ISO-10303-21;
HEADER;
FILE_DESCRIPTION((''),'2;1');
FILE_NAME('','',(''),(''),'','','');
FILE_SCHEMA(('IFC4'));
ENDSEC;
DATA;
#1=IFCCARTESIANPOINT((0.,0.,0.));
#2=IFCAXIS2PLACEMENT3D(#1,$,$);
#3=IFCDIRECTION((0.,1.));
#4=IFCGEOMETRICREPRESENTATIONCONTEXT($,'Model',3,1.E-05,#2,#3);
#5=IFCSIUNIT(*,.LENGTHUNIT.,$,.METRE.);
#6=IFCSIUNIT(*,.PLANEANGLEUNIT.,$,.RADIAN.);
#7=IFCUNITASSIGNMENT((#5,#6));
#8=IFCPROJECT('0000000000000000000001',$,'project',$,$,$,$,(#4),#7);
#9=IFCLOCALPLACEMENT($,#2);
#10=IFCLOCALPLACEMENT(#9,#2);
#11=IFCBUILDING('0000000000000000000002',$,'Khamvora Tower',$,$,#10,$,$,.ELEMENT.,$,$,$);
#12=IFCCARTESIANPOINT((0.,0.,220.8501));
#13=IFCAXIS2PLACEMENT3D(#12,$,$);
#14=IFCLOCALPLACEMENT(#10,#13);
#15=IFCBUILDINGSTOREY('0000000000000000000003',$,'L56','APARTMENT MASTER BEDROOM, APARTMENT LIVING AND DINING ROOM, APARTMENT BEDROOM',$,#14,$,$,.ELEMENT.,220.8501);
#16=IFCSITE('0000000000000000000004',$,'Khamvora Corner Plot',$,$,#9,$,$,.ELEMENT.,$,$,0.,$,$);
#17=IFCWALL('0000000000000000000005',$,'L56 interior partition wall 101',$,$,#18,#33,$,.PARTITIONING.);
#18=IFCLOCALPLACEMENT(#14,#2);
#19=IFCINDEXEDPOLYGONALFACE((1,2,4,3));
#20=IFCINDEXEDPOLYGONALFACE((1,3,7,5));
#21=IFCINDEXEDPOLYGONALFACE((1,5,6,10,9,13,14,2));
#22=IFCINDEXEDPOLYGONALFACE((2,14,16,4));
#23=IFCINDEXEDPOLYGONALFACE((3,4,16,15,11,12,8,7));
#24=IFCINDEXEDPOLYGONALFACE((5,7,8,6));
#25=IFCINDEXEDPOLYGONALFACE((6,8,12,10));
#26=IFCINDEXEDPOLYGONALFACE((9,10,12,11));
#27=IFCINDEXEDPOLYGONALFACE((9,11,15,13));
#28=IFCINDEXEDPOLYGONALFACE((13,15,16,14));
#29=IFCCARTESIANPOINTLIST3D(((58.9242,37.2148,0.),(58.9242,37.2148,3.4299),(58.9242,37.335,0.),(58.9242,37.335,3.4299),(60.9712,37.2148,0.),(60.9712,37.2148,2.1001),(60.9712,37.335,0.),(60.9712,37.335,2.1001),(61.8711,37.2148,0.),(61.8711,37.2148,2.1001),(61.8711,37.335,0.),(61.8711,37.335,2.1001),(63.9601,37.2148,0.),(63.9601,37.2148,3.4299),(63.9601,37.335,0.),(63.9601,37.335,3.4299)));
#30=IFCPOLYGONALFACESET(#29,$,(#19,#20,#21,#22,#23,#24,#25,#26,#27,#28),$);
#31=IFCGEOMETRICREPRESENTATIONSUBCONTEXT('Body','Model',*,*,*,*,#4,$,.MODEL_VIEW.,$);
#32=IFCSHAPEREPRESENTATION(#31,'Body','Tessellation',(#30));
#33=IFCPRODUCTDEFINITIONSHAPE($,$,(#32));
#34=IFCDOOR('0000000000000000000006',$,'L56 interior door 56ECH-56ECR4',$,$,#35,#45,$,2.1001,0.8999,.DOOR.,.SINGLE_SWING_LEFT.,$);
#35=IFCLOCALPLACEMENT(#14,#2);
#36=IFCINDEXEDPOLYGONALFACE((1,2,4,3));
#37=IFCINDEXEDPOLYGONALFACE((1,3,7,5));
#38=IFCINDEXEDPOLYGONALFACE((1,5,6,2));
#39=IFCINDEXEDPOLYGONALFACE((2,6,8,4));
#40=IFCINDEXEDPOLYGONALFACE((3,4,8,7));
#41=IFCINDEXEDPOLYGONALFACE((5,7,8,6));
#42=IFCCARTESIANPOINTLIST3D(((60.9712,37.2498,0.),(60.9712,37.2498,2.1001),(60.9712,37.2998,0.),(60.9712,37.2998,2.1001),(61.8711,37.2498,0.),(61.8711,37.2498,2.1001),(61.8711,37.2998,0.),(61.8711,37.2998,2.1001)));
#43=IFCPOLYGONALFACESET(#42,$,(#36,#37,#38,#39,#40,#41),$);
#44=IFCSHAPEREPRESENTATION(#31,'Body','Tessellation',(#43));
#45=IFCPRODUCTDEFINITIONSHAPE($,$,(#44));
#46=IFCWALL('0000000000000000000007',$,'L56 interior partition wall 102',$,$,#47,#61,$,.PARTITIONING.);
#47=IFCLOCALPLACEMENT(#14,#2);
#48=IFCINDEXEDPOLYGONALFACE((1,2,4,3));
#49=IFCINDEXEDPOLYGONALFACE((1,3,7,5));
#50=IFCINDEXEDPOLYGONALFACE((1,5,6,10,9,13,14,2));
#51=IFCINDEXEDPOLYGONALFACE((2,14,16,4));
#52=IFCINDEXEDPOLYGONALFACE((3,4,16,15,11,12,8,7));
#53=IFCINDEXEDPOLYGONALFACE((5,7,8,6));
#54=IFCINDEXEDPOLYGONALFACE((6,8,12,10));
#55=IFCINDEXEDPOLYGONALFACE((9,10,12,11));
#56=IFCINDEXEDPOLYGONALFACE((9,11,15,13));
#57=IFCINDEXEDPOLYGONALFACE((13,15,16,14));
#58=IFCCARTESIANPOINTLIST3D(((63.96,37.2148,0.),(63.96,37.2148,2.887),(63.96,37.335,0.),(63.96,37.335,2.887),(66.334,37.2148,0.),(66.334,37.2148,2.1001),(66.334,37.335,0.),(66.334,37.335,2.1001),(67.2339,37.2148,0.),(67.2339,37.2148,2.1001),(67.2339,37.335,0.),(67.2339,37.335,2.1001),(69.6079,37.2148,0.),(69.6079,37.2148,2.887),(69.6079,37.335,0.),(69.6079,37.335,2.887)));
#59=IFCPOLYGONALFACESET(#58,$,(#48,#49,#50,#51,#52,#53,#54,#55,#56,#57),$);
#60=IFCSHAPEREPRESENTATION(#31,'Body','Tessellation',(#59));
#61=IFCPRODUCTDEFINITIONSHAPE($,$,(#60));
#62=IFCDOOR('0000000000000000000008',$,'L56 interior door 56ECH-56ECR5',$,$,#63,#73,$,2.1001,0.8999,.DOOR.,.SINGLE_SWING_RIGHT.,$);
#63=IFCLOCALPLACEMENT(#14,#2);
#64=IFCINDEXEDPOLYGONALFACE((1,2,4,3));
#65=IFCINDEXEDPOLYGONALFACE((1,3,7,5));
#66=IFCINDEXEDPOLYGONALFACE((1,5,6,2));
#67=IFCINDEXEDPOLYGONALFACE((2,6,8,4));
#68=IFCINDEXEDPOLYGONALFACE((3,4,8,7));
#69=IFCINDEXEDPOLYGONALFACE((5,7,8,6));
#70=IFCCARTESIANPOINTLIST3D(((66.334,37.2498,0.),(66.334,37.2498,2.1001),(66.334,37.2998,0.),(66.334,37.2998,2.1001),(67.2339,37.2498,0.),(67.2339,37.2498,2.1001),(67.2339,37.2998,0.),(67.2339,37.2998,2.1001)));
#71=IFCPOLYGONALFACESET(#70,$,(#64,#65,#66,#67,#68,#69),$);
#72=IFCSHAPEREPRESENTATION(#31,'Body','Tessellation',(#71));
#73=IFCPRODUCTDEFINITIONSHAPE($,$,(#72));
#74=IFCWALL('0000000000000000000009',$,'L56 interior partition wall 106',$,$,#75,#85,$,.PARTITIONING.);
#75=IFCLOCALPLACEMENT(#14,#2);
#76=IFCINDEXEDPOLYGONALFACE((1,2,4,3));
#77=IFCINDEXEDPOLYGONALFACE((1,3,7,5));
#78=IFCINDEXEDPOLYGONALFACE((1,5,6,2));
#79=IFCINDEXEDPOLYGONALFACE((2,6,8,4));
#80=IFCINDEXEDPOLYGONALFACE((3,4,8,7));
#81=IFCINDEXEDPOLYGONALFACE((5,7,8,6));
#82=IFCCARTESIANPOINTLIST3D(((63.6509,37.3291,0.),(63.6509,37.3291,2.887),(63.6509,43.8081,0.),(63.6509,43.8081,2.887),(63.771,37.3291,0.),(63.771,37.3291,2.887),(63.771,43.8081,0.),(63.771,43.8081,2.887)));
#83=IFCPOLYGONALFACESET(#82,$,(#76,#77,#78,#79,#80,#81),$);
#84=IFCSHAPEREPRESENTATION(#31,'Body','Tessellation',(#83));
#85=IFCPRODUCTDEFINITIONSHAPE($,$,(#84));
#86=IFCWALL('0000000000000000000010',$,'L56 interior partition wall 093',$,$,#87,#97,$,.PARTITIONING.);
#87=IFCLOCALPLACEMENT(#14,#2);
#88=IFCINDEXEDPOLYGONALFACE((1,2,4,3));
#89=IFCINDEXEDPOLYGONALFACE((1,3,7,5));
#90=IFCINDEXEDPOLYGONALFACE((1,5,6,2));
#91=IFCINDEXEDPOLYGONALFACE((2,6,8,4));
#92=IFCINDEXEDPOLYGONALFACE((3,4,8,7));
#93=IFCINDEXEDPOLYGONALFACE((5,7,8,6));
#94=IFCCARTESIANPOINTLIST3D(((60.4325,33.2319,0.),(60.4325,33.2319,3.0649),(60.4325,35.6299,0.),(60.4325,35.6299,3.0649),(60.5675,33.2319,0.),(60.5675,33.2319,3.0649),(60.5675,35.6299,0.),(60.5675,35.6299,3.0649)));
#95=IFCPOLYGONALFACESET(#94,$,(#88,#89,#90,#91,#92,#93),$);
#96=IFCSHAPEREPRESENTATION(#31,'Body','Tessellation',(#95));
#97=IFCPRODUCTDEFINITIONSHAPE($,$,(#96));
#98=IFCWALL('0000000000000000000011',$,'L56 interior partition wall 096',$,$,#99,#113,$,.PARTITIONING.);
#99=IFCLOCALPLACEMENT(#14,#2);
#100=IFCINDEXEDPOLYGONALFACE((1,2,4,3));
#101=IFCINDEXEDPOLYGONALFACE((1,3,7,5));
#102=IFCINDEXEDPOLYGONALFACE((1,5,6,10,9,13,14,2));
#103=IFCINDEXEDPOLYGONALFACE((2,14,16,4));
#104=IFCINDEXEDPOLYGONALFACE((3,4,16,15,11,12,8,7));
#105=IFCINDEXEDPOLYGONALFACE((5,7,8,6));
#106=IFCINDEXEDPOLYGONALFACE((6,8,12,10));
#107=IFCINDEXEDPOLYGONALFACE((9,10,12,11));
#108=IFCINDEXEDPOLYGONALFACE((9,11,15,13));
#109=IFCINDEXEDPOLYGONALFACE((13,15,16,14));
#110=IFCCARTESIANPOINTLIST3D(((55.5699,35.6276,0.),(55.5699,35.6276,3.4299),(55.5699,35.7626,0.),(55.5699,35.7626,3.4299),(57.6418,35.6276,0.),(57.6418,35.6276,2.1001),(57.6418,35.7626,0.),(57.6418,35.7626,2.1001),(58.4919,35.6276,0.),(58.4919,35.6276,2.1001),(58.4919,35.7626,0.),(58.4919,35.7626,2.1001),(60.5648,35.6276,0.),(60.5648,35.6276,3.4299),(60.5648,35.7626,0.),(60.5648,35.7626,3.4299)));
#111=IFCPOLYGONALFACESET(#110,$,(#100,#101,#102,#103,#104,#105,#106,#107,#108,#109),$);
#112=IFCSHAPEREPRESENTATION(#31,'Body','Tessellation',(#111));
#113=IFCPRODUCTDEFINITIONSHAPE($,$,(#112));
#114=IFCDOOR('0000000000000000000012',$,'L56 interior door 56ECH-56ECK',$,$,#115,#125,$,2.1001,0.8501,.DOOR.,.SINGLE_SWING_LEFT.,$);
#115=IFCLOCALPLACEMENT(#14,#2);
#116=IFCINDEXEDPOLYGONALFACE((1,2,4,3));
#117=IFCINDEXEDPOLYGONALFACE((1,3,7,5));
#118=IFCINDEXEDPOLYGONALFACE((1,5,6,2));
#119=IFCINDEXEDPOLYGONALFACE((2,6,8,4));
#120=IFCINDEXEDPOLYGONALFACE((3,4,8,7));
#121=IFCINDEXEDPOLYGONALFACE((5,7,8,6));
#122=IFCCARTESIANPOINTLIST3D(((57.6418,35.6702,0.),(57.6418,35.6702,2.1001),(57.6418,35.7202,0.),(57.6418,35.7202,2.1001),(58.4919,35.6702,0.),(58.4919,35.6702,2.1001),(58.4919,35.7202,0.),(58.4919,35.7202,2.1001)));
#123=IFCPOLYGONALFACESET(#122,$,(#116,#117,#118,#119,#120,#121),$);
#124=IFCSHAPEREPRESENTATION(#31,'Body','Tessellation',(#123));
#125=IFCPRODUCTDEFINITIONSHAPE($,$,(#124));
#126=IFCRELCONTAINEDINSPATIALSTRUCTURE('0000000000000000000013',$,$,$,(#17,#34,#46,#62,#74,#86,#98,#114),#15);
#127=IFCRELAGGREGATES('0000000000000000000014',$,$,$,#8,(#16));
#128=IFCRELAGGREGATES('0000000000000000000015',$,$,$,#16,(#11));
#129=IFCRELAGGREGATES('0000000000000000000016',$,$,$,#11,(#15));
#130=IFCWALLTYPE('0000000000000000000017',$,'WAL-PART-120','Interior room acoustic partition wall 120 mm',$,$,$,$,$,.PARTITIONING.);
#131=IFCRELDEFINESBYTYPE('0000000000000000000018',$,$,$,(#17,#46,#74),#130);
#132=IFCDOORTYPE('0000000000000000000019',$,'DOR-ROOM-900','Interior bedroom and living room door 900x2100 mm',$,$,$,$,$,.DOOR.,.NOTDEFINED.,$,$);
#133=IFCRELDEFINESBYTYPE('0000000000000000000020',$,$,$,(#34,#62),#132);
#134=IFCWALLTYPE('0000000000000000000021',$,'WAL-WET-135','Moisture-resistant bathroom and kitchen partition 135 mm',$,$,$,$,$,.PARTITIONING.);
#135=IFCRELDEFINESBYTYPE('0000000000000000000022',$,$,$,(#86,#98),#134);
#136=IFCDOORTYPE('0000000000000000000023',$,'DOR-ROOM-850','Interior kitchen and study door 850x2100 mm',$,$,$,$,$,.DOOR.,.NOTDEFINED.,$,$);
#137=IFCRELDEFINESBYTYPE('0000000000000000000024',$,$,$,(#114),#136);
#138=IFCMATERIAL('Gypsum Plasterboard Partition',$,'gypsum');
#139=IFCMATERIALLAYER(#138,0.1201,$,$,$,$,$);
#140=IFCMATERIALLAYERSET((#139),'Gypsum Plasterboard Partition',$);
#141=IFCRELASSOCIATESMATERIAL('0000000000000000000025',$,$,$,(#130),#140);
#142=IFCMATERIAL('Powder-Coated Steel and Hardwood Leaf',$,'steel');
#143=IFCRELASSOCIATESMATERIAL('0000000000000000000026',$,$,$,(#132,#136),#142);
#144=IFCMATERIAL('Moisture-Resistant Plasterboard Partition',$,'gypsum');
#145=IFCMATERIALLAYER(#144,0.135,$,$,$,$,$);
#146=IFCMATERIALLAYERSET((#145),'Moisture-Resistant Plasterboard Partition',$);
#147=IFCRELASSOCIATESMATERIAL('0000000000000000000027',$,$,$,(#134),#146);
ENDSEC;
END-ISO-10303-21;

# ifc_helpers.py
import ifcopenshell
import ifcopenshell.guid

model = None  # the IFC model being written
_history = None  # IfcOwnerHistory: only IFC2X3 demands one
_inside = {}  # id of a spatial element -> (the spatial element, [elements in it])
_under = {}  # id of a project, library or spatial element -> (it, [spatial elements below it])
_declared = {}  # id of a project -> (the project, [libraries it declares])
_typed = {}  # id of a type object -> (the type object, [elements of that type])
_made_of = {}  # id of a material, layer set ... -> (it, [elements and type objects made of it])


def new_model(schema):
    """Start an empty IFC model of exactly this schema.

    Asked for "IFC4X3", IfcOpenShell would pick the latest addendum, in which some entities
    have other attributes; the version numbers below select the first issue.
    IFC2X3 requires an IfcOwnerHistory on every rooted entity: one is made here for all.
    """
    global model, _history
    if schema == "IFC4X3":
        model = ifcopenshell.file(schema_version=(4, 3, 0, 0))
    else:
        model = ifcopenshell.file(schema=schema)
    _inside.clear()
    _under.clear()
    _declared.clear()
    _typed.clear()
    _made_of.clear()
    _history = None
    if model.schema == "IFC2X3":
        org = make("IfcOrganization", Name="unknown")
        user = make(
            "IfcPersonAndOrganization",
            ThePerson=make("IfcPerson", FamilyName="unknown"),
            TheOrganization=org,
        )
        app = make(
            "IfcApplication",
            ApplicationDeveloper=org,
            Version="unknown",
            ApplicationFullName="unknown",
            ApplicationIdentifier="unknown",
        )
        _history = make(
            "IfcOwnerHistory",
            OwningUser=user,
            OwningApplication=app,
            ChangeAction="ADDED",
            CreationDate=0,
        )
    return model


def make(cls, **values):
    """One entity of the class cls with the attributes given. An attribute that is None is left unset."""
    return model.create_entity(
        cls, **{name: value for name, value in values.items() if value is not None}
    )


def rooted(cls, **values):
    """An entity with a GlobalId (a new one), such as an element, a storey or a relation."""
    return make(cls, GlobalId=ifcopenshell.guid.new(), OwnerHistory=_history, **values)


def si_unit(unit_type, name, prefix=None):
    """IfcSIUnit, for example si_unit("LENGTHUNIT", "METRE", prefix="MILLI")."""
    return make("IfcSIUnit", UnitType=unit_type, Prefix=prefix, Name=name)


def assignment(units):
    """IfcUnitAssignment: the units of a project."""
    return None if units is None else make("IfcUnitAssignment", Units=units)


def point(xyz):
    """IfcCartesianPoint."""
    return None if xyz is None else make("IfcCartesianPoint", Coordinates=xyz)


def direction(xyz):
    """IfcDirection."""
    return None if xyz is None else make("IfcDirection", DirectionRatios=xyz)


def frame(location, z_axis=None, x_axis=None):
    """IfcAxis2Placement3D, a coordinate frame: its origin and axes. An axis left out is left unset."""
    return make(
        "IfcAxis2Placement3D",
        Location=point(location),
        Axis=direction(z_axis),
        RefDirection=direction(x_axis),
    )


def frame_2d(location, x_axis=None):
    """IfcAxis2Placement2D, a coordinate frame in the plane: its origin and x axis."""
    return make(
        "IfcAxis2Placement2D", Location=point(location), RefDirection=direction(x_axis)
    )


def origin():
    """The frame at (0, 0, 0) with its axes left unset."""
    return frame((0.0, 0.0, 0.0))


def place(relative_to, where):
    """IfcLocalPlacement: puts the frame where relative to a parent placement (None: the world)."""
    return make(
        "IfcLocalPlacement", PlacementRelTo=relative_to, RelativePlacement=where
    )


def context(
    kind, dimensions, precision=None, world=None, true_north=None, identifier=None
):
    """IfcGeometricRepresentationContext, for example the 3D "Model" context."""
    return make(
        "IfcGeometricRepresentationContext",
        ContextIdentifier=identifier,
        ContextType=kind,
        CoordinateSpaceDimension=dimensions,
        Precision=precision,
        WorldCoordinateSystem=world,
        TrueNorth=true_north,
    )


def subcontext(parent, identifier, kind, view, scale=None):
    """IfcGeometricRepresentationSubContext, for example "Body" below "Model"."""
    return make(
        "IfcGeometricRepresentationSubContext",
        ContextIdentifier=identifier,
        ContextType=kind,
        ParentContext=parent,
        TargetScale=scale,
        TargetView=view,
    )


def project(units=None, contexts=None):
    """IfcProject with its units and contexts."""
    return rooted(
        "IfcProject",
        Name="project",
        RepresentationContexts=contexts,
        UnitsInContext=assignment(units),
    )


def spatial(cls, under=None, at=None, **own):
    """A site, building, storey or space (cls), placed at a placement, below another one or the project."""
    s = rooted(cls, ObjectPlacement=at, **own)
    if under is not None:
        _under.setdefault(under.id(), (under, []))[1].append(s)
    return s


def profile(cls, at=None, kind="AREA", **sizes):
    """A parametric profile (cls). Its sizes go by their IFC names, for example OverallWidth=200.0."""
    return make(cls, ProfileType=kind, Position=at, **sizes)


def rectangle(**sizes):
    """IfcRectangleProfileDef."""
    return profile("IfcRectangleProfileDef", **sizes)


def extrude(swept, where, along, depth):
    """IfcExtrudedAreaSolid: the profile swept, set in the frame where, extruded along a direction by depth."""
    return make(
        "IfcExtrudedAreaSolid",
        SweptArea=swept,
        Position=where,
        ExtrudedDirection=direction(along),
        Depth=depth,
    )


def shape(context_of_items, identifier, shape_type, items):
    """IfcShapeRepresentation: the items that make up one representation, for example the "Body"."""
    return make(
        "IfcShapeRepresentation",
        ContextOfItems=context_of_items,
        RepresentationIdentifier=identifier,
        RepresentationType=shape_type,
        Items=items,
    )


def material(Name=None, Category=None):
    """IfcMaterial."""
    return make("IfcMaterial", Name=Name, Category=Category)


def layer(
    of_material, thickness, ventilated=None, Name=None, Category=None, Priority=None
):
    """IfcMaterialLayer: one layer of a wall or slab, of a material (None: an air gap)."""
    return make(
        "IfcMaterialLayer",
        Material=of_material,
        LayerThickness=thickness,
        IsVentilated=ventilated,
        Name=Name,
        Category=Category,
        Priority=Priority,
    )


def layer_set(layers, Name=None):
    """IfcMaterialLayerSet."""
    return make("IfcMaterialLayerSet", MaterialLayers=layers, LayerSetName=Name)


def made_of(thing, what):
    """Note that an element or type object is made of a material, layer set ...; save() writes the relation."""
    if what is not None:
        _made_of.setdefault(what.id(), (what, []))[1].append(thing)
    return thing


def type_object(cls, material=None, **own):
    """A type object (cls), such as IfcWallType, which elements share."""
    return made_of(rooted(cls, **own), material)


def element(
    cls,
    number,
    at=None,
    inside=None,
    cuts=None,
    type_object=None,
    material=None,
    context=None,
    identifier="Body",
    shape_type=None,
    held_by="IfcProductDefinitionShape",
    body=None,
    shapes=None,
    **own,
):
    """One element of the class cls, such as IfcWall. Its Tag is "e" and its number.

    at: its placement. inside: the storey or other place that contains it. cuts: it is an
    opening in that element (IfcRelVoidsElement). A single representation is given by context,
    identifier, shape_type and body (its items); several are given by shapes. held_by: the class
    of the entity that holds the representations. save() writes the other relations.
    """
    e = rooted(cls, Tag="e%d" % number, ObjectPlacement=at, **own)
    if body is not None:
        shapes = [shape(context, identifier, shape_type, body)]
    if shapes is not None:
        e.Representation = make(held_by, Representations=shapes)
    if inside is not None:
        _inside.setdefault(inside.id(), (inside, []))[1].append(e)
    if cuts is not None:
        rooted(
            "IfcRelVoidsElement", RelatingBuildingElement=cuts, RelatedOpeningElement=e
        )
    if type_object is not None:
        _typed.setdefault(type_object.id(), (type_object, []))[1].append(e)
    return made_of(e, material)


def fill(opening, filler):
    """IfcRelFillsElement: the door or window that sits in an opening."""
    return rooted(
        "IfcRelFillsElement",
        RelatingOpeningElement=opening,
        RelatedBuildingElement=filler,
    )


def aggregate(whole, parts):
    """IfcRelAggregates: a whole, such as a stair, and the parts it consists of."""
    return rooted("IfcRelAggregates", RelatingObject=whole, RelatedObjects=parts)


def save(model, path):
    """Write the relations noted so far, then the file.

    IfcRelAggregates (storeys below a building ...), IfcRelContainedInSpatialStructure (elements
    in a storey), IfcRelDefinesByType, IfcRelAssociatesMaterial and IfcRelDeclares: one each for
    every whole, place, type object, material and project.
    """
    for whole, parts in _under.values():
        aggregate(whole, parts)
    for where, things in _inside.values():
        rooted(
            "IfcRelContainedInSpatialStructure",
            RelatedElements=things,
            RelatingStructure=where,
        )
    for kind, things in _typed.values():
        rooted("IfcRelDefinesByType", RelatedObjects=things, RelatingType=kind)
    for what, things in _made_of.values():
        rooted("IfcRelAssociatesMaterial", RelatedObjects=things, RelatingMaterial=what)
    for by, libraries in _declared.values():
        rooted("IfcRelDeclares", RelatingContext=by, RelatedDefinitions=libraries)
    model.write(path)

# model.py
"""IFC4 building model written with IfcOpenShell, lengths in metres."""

from ifc_helpers import new_model, si_unit, direction, frame, frame_2d, origin, place, context, subcontext, project, spatial, rectangle, extrude, material, layer, layer_set, type_object, element, fill, save


model = new_model("IFC4")

# Units and contexts
model_context = context("Model", 3, precision=1e-05, world=origin(), true_north=direction((0.0, 1.0)))
body_context = subcontext(model_context, "Body", "Model", "MODEL_VIEW")
ifc_project = project(units=[si_unit("LENGTHUNIT", "METRE"), si_unit("PLANEANGLEUNIT", "RADIAN")], contexts=[model_context])

# Site, building, storey
site_placement = place(None, origin())
site = spatial("IfcSite", under=ifc_project, at=site_placement, Name="Khamvora Corner Plot", CompositionType="ELEMENT", RefElevation=0.0)
building_placement = place(site_placement, origin())
building = spatial("IfcBuilding", under=site, at=building_placement, Name="Khamvora Tower", CompositionType="ELEMENT")
storey_placement = place(building_placement, frame((0.0, 0.0, 220.8501)))
storey = spatial("IfcBuildingStorey", under=building, at=storey_placement, Name="L56", Description="APARTMENT MASTER BEDROOM, APARTMENT LIVING AND DINING ROOM, APARTMENT BEDROOM", CompositionType="ELEMENT", Elevation=220.8501)

# Shared definitions
ifc_material_1 = material(Name="Powder-Coated Steel and Hardwood Leaf", Category="steel")

# Walls, openings, doors
ifc_material_2 = material(Name="Gypsum Plasterboard Partition", Category="gypsum")
ifc_layer_1 = layer(ifc_material_2, 0.1201)
ifc_layer_set_1 = layer_set([ifc_layer_1], Name="Gypsum Plasterboard Partition")
wall_type_1 = type_object("IfcWallType", Name="WAL-PART-120", Description="Interior room acoustic partition wall 120 mm", PredefinedType="PARTITIONING", material=ifc_layer_set_1)
door_type_1 = type_object("IfcDoorType", Name="DOR-ROOM-900", Description="Interior bedroom and living room door 900x2100 mm", OperationType="NOTDEFINED", PredefinedType="DOOR", material=ifc_material_1)
wall_1_placement = place(storey_placement, frame((58.9241, 37.2749, 0.0), z_axis=(0.0, 0.0, 1.0), x_axis=(1.0, 0.0, 0.0)))
wall_1 = element("IfcWall", 1, at=wall_1_placement, inside=storey, type_object=wall_type_1, Name="L56 interior partition wall 101", PredefinedType="PARTITIONING", context=body_context, shape_type="SweptSolid", body=[
    extrude(rectangle(XDim=5.0359, YDim=0.1201, at=frame_2d((2.5181, 0.0))), origin(), (0.0, 0.0, 1.0), 3.4299),
])
opening_1_placement = place(wall_1_placement, frame((2.0471, 0.0, 0.0)))
opening_1 = element("IfcOpeningElement", 2, at=opening_1_placement, cuts=wall_1, PredefinedType="OPENING", context=body_context, shape_type="SweptSolid", body=[
    extrude(rectangle(XDim=0.8999, YDim=2.1001, at=frame_2d((0.45, 1.05))), frame((0.0, 0.0701, 0.0), z_axis=(0.0, -1.0, 0.0), x_axis=(1.0, 0.0, 0.0)), (0.0, 0.0, 1.0), 0.1401),
])
door_1_placement = place(opening_1_placement, origin())
door_1 = element("IfcDoor", 3, at=door_1_placement, inside=storey, type_object=door_type_1, Name="L56 interior door 56ECH-56ECR4", OperationType="SINGLE_SWING_LEFT", OverallHeight=2.1001, OverallWidth=0.8999, PredefinedType="DOOR", context=body_context, shape_type="SweptSolid", body=[
    extrude(rectangle(XDim=0.8999, YDim=2.1001, at=frame_2d((0.45, 1.05))), frame((0.0, 0.0249, 0.0), z_axis=(0.0, -1.0, 0.0), x_axis=(1.0, 0.0, 0.0)), (0.0, 0.0, 1.0), 0.05),
])
fill(opening_1, door_1)
wall_2_placement = place(storey_placement, frame((63.96, 37.2749, 0.0), z_axis=(0.0, 0.0, 1.0), x_axis=(1.0, 0.0, 0.0)))
wall_2 = element("IfcWall", 4, at=wall_2_placement, inside=storey, type_object=wall_type_1, Name="L56 interior partition wall 102", PredefinedType="PARTITIONING", context=body_context, shape_type="SweptSolid", body=[
    extrude(rectangle(XDim=5.6479, YDim=0.1201, at=frame_2d((2.824, 0.0))), origin(), (0.0, 0.0, 1.0), 2.887),
])
opening_2_placement = place(wall_2_placement, frame((2.374, 0.0, 0.0)))
opening_2 = element("IfcOpeningElement", 5, at=opening_2_placement, cuts=wall_2, PredefinedType="OPENING", context=body_context, shape_type="SweptSolid", body=[
    extrude(rectangle(XDim=0.8999, YDim=2.1001, at=frame_2d((0.45, 1.05))), frame((0.0, 0.0701, 0.0), z_axis=(0.0, -1.0, 0.0), x_axis=(1.0, 0.0, 0.0)), (0.0, 0.0, 1.0), 0.1401),
])
door_2_placement = place(opening_2_placement, origin())
door_2 = element("IfcDoor", 6, at=door_2_placement, inside=storey, type_object=door_type_1, Name="L56 interior door 56ECH-56ECR5", OperationType="SINGLE_SWING_RIGHT", OverallHeight=2.1001, OverallWidth=0.8999, PredefinedType="DOOR", context=body_context, shape_type="SweptSolid", body=[
    extrude(rectangle(XDim=0.8999, YDim=2.1001, at=frame_2d((0.45, 1.05))), frame((0.0, 0.0249, 0.0), z_axis=(0.0, -1.0, 0.0), x_axis=(1.0, 0.0, 0.0)), (0.0, 0.0, 1.0), 0.05),
])
fill(opening_2, door_2)

# Walls
wall_3_placement = place(storey_placement, frame((63.7109, 43.8081, 0.0), z_axis=(0.0, 0.0, 1.0), x_axis=(0.0, -1.0, 0.0)))
element("IfcWall", 7, at=wall_3_placement, inside=storey, type_object=wall_type_1, Name="L56 interior partition wall 106", PredefinedType="PARTITIONING", context=body_context, shape_type="SweptSolid", body=[
    extrude(rectangle(XDim=6.479, YDim=0.1201, at=frame_2d((3.2395, 0.0))), origin(), (0.0, 0.0, 1.0), 2.887),
])
ifc_material_3 = material(Name="Moisture-Resistant Plasterboard Partition", Category="gypsum")
ifc_layer_2 = layer(ifc_material_3, 0.135)
ifc_layer_set_2 = layer_set([ifc_layer_2], Name="Moisture-Resistant Plasterboard Partition")
wall_type_2 = type_object("IfcWallType", Name="WAL-WET-135", Description="Moisture-resistant bathroom and kitchen partition 135 mm", PredefinedType="PARTITIONING", material=ifc_layer_set_2)
wall_4_placement = place(storey_placement, frame((60.5, 33.2319, 0.0), z_axis=(0.0, 0.0, 1.0), x_axis=(0.0, 1.0, 0.0)))
element("IfcWall", 8, at=wall_4_placement, inside=storey, type_object=wall_type_2, Name="L56 interior partition wall 093", PredefinedType="PARTITIONING", context=body_context, shape_type="SweptSolid", body=[
    extrude(rectangle(XDim=2.3979, YDim=0.135, at=frame_2d((1.199, 0.0))), origin(), (0.0, 0.0, 1.0), 3.0649),
])

# Wall, opening, door
wall_5_placement = place(storey_placement, frame((60.5649, 35.6951, 0.0), z_axis=(0.0, 0.0, 1.0), x_axis=(-1.0, 0.0, 0.0)))
wall_5 = element("IfcWall", 9, at=wall_5_placement, inside=storey, type_object=wall_type_2, Name="L56 interior partition wall 096", PredefinedType="PARTITIONING", context=body_context, shape_type="SweptSolid", body=[
    extrude(rectangle(XDim=4.9949, YDim=0.135, at=frame_2d((2.4976, 0.0))), origin(), (0.0, 0.0, 1.0), 3.4299),
])
opening_3_placement = place(wall_5_placement, frame((2.073, 0.0, 0.0)))
opening_3 = element("IfcOpeningElement", 10, at=opening_3_placement, cuts=wall_5, PredefinedType="OPENING", context=body_context, shape_type="SweptSolid", body=[
    extrude(rectangle(XDim=0.8501, YDim=2.1001, at=frame_2d((0.425, 1.05))), frame((0.0, 0.0774, 0.0), z_axis=(0.0, -1.0, 0.0), x_axis=(1.0, 0.0, 0.0)), (0.0, 0.0, 1.0), 0.155),
])
door_type_2 = type_object("IfcDoorType", Name="DOR-ROOM-850", Description="Interior kitchen and study door 850x2100 mm", OperationType="NOTDEFINED", PredefinedType="DOOR", material=ifc_material_1)
door_3_placement = place(opening_3_placement, origin())
door_3 = element("IfcDoor", 11, at=door_3_placement, inside=storey, type_object=door_type_2, Name="L56 interior door 56ECH-56ECK", OperationType="SINGLE_SWING_LEFT", OverallHeight=2.1001, OverallWidth=0.8501, PredefinedType="DOOR", context=body_context, shape_type="SweptSolid", body=[
    extrude(rectangle(XDim=0.8501, YDim=2.1001, at=frame_2d((0.425, 1.05))), frame((0.0, 0.0249, 0.0), z_axis=(0.0, -1.0, 0.0), x_axis=(1.0, 0.0, 0.0)), (0.0, 0.0, 1.0), 0.05),
])
fill(opening_3, door_3)

save(model, "model.ifc")
